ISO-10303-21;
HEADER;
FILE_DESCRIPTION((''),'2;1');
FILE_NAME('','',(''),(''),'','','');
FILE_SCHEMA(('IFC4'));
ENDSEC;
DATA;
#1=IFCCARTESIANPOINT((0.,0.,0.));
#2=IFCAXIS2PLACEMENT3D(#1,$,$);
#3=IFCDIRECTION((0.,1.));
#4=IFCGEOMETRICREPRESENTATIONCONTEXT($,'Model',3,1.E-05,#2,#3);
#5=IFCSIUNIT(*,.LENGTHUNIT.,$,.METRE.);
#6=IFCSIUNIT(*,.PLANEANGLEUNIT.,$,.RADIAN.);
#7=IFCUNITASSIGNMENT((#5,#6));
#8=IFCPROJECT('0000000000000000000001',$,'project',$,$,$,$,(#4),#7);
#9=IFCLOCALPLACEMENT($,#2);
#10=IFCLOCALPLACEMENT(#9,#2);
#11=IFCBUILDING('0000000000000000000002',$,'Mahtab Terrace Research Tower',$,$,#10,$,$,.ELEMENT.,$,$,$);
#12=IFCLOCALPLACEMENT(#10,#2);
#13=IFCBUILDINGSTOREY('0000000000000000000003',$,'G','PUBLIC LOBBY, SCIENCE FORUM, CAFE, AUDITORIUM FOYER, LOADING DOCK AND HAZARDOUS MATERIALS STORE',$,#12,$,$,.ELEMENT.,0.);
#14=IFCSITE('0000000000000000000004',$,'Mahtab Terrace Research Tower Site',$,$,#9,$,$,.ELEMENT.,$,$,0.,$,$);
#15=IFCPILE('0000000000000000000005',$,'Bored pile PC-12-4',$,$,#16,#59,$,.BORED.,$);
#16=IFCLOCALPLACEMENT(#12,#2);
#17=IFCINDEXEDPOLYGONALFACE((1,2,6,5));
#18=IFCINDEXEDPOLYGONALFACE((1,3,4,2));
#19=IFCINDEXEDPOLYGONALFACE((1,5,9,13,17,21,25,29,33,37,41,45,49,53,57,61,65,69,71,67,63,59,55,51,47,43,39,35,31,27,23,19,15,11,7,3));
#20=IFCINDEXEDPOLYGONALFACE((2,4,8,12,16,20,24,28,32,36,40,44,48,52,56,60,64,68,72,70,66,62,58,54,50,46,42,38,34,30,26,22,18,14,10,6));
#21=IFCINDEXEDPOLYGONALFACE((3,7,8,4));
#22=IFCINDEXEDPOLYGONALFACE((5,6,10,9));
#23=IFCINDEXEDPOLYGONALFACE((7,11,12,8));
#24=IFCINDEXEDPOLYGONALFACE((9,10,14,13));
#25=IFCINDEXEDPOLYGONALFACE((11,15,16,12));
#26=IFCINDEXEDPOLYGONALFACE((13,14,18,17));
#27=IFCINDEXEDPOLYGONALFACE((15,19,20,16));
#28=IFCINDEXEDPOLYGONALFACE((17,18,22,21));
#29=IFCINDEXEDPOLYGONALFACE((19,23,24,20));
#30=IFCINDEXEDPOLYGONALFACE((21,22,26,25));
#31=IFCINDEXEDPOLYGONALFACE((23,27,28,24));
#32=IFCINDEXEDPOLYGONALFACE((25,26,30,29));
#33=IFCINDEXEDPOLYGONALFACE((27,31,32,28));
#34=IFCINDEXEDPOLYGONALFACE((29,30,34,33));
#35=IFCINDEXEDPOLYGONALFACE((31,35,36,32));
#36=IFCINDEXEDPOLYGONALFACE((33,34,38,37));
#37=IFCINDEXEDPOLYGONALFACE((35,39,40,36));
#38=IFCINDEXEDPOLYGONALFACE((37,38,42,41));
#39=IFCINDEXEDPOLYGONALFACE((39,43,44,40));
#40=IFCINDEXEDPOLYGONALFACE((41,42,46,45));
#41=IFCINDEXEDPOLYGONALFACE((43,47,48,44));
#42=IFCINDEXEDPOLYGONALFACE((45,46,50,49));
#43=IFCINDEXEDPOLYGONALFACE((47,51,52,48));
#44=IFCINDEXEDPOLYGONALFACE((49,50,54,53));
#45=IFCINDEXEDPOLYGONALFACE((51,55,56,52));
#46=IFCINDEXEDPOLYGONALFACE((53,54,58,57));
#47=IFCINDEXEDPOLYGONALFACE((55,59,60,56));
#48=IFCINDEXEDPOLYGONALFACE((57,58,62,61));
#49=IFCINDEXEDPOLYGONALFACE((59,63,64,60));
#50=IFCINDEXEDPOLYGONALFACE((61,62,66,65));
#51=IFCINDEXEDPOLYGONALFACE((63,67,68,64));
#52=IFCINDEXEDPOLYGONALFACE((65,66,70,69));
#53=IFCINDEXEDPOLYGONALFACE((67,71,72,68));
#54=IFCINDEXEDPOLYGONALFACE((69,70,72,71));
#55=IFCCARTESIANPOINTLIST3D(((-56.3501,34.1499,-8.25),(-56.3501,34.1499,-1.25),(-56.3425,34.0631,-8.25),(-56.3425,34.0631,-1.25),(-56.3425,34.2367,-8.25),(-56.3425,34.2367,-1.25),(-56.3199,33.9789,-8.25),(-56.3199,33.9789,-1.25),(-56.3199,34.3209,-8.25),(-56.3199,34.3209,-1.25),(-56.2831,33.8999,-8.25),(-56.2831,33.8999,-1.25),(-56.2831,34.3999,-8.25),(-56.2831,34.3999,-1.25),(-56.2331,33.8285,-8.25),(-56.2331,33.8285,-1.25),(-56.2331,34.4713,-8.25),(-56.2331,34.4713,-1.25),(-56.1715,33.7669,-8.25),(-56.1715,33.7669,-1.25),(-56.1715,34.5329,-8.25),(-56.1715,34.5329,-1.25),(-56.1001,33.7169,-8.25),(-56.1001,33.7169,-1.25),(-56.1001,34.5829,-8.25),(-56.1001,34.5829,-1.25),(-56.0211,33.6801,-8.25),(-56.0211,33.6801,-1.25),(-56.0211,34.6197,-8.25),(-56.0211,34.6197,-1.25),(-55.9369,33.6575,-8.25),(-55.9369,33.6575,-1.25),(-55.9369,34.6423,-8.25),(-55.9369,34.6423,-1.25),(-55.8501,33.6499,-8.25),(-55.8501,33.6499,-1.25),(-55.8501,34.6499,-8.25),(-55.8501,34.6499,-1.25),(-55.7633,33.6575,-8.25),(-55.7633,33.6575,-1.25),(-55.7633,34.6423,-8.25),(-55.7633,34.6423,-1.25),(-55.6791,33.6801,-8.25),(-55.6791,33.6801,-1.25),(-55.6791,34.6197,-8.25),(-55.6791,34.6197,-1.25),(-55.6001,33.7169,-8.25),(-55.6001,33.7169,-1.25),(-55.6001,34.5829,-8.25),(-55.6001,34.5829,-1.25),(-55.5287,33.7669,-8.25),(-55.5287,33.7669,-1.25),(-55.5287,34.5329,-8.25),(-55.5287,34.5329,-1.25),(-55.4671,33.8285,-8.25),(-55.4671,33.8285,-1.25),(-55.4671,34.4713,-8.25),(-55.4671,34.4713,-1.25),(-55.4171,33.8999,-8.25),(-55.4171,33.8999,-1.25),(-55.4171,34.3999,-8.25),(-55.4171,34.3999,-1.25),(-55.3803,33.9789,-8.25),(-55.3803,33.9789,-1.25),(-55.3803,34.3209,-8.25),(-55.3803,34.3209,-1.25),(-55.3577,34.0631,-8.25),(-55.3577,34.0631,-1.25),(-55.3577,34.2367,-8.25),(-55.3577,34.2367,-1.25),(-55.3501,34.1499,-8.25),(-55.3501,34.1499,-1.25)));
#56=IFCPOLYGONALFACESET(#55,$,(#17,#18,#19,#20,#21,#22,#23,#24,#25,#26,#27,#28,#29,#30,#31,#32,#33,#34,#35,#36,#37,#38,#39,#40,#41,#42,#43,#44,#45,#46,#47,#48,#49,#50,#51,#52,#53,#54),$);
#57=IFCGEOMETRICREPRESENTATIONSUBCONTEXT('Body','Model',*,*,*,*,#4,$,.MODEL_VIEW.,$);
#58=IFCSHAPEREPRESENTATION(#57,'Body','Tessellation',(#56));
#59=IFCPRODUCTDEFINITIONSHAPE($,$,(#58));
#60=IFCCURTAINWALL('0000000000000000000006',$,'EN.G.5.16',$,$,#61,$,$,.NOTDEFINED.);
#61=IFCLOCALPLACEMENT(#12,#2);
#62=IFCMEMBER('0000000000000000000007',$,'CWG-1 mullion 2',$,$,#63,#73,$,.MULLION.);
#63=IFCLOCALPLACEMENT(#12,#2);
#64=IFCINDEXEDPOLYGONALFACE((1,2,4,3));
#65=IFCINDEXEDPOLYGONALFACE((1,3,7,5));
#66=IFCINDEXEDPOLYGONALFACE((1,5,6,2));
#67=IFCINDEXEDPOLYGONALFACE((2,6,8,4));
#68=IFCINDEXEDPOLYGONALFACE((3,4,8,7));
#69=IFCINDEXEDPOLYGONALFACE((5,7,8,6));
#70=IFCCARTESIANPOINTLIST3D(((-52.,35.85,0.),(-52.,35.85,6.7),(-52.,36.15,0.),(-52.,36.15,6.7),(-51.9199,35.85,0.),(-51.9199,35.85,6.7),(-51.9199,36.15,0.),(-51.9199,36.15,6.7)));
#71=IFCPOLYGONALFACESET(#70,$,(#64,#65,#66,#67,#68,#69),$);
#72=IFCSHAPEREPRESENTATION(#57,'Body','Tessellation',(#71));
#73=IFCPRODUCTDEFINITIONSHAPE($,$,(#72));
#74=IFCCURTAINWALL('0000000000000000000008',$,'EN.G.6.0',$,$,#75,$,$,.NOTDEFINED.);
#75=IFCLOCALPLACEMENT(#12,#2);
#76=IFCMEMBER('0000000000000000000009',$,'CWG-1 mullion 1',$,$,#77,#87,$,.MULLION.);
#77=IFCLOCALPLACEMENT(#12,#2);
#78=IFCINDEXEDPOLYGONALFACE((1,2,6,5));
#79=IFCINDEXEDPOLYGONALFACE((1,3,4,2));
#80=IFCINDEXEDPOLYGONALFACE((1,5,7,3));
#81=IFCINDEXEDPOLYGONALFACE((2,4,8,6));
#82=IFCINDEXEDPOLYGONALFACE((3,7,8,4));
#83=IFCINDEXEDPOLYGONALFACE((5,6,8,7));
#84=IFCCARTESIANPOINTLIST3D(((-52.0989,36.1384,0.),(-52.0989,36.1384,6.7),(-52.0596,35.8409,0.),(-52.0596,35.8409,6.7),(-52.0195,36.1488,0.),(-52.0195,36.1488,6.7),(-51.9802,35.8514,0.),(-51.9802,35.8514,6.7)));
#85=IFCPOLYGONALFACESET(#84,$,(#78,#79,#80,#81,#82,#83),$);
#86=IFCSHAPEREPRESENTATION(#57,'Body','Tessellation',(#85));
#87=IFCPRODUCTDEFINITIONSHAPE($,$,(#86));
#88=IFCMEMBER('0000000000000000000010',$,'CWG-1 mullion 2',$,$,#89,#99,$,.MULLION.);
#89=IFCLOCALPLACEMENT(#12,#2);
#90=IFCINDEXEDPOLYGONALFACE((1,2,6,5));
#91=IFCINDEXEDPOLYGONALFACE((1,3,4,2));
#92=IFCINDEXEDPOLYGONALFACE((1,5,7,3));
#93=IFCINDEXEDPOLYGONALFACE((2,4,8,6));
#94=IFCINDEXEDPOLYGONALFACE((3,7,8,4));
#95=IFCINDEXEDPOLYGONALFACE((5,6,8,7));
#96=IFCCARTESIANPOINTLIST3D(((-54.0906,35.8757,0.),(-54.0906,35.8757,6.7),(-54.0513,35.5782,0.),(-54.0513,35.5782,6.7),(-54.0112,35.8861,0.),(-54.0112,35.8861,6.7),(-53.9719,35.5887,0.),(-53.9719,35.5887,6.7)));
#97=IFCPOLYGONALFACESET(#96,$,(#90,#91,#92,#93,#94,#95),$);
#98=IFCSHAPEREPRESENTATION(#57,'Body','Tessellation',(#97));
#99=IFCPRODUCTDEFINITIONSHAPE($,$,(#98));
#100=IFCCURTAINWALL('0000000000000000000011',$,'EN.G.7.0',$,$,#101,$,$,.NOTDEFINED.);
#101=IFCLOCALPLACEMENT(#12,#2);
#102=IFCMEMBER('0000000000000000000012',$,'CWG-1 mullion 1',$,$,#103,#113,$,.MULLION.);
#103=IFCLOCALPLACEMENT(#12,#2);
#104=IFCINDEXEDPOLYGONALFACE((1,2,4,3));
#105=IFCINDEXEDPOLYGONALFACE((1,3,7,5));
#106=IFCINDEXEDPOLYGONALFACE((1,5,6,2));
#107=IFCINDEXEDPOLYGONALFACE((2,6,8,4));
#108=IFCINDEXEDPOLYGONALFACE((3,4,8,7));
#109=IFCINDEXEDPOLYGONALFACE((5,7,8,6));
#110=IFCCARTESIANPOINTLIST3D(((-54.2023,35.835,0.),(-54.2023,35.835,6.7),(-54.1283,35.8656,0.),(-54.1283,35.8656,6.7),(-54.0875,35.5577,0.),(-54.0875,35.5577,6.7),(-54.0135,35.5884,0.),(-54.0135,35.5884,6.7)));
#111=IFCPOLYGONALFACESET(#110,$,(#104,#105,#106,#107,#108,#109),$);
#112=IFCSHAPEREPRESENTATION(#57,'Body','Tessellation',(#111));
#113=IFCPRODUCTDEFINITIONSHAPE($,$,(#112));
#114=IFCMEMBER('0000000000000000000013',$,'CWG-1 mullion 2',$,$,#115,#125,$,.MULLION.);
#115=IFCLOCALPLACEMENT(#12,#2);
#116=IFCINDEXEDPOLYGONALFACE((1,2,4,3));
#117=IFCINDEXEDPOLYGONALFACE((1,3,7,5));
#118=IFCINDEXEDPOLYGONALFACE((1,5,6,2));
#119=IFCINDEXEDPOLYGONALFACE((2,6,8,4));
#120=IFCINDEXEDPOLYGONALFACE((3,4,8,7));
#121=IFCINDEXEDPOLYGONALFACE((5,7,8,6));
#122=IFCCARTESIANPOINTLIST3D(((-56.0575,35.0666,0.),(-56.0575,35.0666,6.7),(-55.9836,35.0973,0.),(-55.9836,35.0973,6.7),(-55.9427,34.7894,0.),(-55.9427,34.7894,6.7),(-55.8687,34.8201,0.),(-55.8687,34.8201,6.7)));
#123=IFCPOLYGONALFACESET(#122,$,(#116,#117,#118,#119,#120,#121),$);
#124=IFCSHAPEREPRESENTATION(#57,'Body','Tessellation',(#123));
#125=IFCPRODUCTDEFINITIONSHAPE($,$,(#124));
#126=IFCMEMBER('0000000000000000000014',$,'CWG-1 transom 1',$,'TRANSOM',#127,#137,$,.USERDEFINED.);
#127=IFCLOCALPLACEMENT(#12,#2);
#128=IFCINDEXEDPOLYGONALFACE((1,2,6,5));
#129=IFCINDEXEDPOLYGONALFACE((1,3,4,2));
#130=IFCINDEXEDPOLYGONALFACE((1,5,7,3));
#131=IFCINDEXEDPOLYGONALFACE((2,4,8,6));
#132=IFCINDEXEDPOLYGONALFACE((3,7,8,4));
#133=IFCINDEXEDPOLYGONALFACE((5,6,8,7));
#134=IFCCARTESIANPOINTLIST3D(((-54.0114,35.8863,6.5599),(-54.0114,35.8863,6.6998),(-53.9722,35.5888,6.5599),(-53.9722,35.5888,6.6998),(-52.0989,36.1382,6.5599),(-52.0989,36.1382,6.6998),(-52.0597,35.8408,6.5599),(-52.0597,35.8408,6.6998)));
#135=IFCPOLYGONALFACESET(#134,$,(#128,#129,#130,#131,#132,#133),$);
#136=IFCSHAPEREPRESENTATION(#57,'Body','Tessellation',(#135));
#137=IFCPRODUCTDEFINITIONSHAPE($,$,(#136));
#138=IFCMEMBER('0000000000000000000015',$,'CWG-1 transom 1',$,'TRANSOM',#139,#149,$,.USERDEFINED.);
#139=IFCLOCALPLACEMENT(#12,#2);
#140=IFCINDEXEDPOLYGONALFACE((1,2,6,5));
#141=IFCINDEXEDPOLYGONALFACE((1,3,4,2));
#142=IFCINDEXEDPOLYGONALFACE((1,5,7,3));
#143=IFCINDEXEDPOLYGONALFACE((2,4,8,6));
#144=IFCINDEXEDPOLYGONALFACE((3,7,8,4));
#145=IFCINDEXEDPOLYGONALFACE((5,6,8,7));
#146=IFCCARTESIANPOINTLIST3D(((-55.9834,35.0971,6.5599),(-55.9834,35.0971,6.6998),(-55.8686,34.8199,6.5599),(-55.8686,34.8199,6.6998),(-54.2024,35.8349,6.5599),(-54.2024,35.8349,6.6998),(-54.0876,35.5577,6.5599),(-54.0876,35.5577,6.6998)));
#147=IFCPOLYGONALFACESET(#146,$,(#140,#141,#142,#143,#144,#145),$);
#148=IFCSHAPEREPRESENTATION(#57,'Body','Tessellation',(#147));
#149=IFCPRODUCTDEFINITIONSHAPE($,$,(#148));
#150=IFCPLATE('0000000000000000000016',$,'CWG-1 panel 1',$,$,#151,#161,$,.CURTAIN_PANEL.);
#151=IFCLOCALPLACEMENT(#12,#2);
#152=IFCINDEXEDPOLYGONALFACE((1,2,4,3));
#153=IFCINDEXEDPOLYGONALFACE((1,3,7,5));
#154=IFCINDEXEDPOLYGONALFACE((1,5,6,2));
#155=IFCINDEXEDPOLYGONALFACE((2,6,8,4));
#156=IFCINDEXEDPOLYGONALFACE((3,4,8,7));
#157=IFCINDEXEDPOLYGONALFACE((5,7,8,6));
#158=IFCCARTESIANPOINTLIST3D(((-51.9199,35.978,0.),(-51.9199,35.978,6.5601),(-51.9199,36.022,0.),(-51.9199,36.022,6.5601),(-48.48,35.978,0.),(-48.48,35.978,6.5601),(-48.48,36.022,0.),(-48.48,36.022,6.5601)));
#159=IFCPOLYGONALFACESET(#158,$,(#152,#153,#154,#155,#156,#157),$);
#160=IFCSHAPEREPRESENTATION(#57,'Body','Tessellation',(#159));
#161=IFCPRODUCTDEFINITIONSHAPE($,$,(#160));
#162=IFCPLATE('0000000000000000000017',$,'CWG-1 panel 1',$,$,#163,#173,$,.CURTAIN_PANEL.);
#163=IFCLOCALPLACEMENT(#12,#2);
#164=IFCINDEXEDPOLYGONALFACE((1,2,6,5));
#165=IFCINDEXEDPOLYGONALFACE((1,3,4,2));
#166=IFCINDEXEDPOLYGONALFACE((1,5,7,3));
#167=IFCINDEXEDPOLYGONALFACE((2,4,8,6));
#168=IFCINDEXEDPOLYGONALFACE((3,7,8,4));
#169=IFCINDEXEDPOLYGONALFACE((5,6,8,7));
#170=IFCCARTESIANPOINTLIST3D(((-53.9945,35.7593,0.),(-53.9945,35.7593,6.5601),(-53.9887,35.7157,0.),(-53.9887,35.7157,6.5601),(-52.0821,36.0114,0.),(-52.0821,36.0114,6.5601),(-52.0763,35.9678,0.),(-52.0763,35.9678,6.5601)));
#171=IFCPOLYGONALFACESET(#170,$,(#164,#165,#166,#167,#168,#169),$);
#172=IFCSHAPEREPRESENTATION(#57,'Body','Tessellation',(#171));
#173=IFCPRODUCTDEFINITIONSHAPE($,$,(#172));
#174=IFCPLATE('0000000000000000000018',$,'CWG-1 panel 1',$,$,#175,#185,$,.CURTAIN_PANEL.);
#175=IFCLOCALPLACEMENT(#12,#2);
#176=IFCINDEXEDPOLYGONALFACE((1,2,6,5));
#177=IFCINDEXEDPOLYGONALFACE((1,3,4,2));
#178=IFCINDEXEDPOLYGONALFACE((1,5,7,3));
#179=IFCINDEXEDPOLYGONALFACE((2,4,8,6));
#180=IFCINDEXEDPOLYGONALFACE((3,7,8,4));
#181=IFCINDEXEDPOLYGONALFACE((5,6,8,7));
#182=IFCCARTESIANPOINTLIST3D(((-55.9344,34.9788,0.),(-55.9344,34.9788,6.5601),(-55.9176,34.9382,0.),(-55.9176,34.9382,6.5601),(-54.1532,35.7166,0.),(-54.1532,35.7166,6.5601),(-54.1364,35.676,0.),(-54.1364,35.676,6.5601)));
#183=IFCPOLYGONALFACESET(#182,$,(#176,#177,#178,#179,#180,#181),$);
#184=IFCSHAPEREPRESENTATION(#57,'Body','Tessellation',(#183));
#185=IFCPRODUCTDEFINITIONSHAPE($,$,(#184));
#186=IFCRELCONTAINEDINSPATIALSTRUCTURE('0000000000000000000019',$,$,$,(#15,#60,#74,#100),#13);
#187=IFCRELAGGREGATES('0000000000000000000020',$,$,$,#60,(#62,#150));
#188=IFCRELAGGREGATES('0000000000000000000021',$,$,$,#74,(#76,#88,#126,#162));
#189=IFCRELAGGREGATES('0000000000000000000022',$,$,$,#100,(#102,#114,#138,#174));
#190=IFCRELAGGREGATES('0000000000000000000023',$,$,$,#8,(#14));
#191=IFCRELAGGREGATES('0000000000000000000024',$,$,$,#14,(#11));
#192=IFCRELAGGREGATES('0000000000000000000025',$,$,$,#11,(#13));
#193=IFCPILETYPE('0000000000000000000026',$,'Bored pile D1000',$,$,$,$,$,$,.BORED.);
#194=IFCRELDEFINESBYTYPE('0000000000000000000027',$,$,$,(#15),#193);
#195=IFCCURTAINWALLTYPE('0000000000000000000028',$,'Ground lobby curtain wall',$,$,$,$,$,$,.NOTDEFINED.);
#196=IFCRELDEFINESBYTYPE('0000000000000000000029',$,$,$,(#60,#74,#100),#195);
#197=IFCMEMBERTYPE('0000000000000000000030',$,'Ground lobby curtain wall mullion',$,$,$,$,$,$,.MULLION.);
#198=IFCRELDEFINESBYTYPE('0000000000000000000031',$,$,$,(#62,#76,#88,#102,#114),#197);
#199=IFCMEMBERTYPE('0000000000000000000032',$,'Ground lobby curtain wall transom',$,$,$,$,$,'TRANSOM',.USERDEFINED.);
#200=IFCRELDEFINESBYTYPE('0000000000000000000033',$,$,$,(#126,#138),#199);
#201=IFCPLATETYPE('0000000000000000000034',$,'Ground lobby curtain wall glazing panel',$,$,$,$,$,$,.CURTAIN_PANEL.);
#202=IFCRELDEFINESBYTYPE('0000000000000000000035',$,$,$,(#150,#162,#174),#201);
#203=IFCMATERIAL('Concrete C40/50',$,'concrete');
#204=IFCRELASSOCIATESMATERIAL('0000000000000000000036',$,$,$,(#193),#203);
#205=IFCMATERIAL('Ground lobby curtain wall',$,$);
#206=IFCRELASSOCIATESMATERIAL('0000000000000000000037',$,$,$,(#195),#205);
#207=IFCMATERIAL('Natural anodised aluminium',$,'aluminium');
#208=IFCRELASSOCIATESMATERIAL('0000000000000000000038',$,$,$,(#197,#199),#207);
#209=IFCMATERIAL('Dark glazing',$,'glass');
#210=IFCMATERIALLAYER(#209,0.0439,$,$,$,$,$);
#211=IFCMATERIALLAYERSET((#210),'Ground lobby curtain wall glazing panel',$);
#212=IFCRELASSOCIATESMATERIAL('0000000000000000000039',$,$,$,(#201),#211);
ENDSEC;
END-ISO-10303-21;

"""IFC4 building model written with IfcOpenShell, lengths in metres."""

from ifc_helpers import new_model, si_unit, direction, frame, origin, origin_2d, place, context, subcontext, project, spatial, rectangle, circle, extrude, material, layer, layer_set, material_profile, profile_set, type_object, element, aggregate, save


model = new_model("IFC4")

# Units and contexts
model_context = context("Model", 3, precision=1e-05, world=origin(), true_north=direction((0.0, 1.0)))
body_context = subcontext(model_context, "Body", "Model", "MODEL_VIEW")
ifc_project = project(units=[si_unit("LENGTHUNIT", "METRE"), si_unit("PLANEANGLEUNIT", "RADIAN")], contexts=[model_context])

# Site, building, storey
site_placement = place(None, origin())
site = spatial("IfcSite", under=ifc_project, at=site_placement, Name="Mahtab Terrace Research Tower Site", CompositionType="ELEMENT", RefElevation=0.0)
building_placement = place(site_placement, origin())
building = spatial("IfcBuilding", under=site, at=building_placement, Name="Mahtab Terrace Research Tower", CompositionType="ELEMENT")
storey_placement = place(building_placement, origin())
storey = spatial("IfcBuildingStorey", under=building, at=storey_placement, Name="G", Description="PUBLIC LOBBY, SCIENCE FORUM, CAFE, AUDITORIUM FOYER, LOADING DOCK AND HAZARDOUS MATERIALS STORE", CompositionType="ELEMENT", Elevation=0.0)

# Pile
ifc_material_1 = material(Name="Concrete C40/50", Category="concrete")
ifc_material_profile_1 = material_profile(ifc_material_1, circle(Radius=0.5, at=origin_2d()), Name="Bored pile D1000")
ifc_profile_set_1 = profile_set([ifc_material_profile_1], Name="Concrete C40/50")
pile_type = type_object("IfcPileType", Name="Bored pile D1000", PredefinedType="BORED", material=ifc_profile_set_1)
pile_placement = place(storey_placement, frame((-55.8501, 34.1499, -1.25), z_axis=(0.0, 0.0, -1.0), x_axis=(1.0, 0.0, 0.0)))
element("IfcPile", 1, at=pile_placement, inside=storey, type_object=pile_type, Name="Bored pile PC-12-4", PredefinedType="BORED", context=body_context, shape_type="SweptSolid", body=[
    extrude(circle(Radius=0.5, at=origin_2d()), origin(), (0.0, 0.0, 1.0), 7.0),
])

# Curtain wall, member
ifc_material_2 = material(Name="Ground lobby curtain wall")
curtain_wall_type = type_object("IfcCurtainWallType", Name="Ground lobby curtain wall", PredefinedType="NOTDEFINED", material=ifc_material_2)
curtain_wall_1_placement = place(storey_placement, origin())
curtain_wall_1 = element("IfcCurtainWall", 2, at=curtain_wall_1_placement, inside=storey, type_object=curtain_wall_type, Name="EN.G.5.16", PredefinedType="NOTDEFINED")
ifc_material_3 = material(Name="Natural anodised aluminium", Category="aluminium")
ifc_material_profile_2 = material_profile(ifc_material_3, rectangle(XDim=0.3, YDim=0.0801, at=origin_2d()), Name="MULLION 80x300")
ifc_profile_set_2 = profile_set([ifc_material_profile_2], Name="Natural anodised aluminium")
member_type_1 = type_object("IfcMemberType", Name="Ground lobby curtain wall mullion", PredefinedType="MULLION", material=ifc_profile_set_2)
member_1_placement = place(storey_placement, frame((-51.96, 36.0, 0.0), z_axis=(0.0, 0.0, 1.0), x_axis=(0.0, -1.0, 0.0)))
member_1 = element("IfcMember", 3, at=member_1_placement, type_object=member_type_1, Name="CWG-1 mullion 2", PredefinedType="MULLION", context=body_context, shape_type="SweptSolid", body=[
    extrude(rectangle(XDim=0.3, YDim=0.0801, at=origin_2d()), origin(), (0.0, 0.0, 1.0), 6.7),
])

# Curtain walls, members
curtain_wall_2_placement = place(storey_placement, origin())
curtain_wall_2 = element("IfcCurtainWall", 4, at=curtain_wall_2_placement, inside=storey, type_object=curtain_wall_type, Name="EN.G.6.0", PredefinedType="NOTDEFINED")
member_2_placement = place(storey_placement, frame((-52.0396, 35.9949, 0.0), z_axis=(0.0, 0.0, 1.0), x_axis=(0.13069, -0.991423, 0.0)))
member_2 = element("IfcMember", 5, at=member_2_placement, type_object=member_type_1, Name="CWG-1 mullion 1", PredefinedType="MULLION", context=body_context, shape_type="SweptSolid", body=[
    extrude(rectangle(XDim=0.3, YDim=0.0801, at=origin_2d()), origin(), (0.0, 0.0, 1.0), 6.7),
])
member_3_placement = place(storey_placement, frame((-54.0312, 35.7322, 0.0), z_axis=(0.0, 0.0, 1.0), x_axis=(0.13069, -0.991423, 0.0)))
member_3 = element("IfcMember", 6, at=member_3_placement, type_object=member_type_1, Name="CWG-1 mullion 2", PredefinedType="MULLION", context=body_context, shape_type="SweptSolid", body=[
    extrude(rectangle(XDim=0.3, YDim=0.0801, at=origin_2d()), origin(), (0.0, 0.0, 1.0), 6.7),
])
curtain_wall_3_placement = place(storey_placement, origin())
curtain_wall_3 = element("IfcCurtainWall", 7, at=curtain_wall_3_placement, inside=storey, type_object=curtain_wall_type, Name="EN.G.7.0", PredefinedType="NOTDEFINED")
member_4_placement = place(storey_placement, frame((-54.1079, 35.7117, 0.0), z_axis=(0.0, 0.0, 1.0), x_axis=(0.382676, -0.923883, 0.0)))
member_4 = element("IfcMember", 8, at=member_4_placement, type_object=member_type_1, Name="CWG-1 mullion 1", PredefinedType="MULLION", context=body_context, shape_type="SweptSolid", body=[
    extrude(rectangle(XDim=0.3, YDim=0.0801, at=origin_2d()), origin(), (0.0, 0.0, 1.0), 6.7),
])
member_5_placement = place(storey_placement, frame((-55.9631, 34.9434, 0.0), z_axis=(0.0, 0.0, 1.0), x_axis=(0.382676, -0.923883, 0.0)))
member_5 = element("IfcMember", 9, at=member_5_placement, type_object=member_type_1, Name="CWG-1 mullion 2", PredefinedType="MULLION", context=body_context, shape_type="SweptSolid", body=[
    extrude(rectangle(XDim=0.3, YDim=0.0801, at=origin_2d()), origin(), (0.0, 0.0, 1.0), 6.7),
])

# Members
ifc_material_profile_3 = material_profile(ifc_material_3, rectangle(XDim=0.3, YDim=0.1399, at=origin_2d()), Name="TRANSOM 140x300")
ifc_profile_set_3 = profile_set([ifc_material_profile_3], Name="Natural anodised aluminium")
member_type_2 = type_object("IfcMemberType", Name="Ground lobby curtain wall transom", ElementType="TRANSOM", PredefinedType="USERDEFINED", material=ifc_profile_set_3)
member_6_placement = place(storey_placement, frame((-52.0793, 35.9895, 6.6299), z_axis=(-0.991432, -0.130621, 0.0), x_axis=(0.130621, -0.991432, 0.0)))
member_6 = element("IfcMember", 10, at=member_6_placement, type_object=member_type_2, Name="CWG-1 transom 1", ObjectType="TRANSOM", PredefinedType="USERDEFINED", context=body_context, shape_type="SweptSolid", body=[
    extrude(rectangle(XDim=0.3, YDim=0.1399, at=origin_2d()), origin(), (0.0, 0.0, 1.0), 1.929),
])
member_7_placement = place(storey_placement, frame((-54.145, 35.6963, 6.6299), z_axis=(-0.923866, -0.382717, 0.0), x_axis=(0.382717, -0.923866, 0.0)))
member_7 = element("IfcMember", 11, at=member_7_placement, type_object=member_type_2, Name="CWG-1 transom 1", ObjectType="TRANSOM", PredefinedType="USERDEFINED", context=body_context, shape_type="SweptSolid", body=[
    extrude(rectangle(XDim=0.3, YDim=0.1399, at=origin_2d()), origin(), (0.0, 0.0, 1.0), 1.9277),
])

# Plates
ifc_material_4 = material(Name="Dark glazing", Category="glass")
ifc_layer_1 = layer(ifc_material_4, 0.0439)
ifc_layer_set_1 = layer_set([ifc_layer_1], Name="Ground lobby curtain wall glazing panel")
plate_type = type_object("IfcPlateType", Name="Ground lobby curtain wall glazing panel", PredefinedType="CURTAIN_PANEL", material=ifc_layer_set_1)
plate_1_placement = place(storey_placement, frame((-50.2, 36.0, 0.0), z_axis=(0.0, 0.0, 1.0), x_axis=(-1.0, 0.0, 0.0)))
plate_1 = element("IfcPlate", 12, at=plate_1_placement, type_object=plate_type, Name="CWG-1 panel 1", PredefinedType="CURTAIN_PANEL", context=body_context, shape_type="SweptSolid", body=[
    extrude(rectangle(XDim=3.4399, YDim=0.0439, at=origin_2d()), origin(), (0.0, 0.0, 1.0), 6.5601),
])
aggregate(curtain_wall_1, [member_1, plate_1])
plate_2_placement = place(storey_placement, frame((-53.0354, 35.8635, 0.0), z_axis=(0.0, 0.0, 1.0), x_axis=(-0.991423, -0.13069, 0.0)))
plate_2 = element("IfcPlate", 13, at=plate_2_placement, type_object=plate_type, Name="CWG-1 panel 1", PredefinedType="CURTAIN_PANEL", context=body_context, shape_type="SweptSolid", body=[
    extrude(rectangle(XDim=1.929, YDim=0.0439, at=origin_2d()), origin(), (0.0, 0.0, 1.0), 6.5601),
])
aggregate(curtain_wall_2, [member_2, member_3, member_6, plate_2])
plate_3_placement = place(storey_placement, frame((-55.0354, 35.3274, 0.0), z_axis=(0.0, 0.0, 1.0), x_axis=(-0.923883, -0.382676, 0.0)))
plate_3 = element("IfcPlate", 14, at=plate_3_placement, type_object=plate_type, Name="CWG-1 panel 1", PredefinedType="CURTAIN_PANEL", context=body_context, shape_type="SweptSolid", body=[
    extrude(rectangle(XDim=1.928, YDim=0.0439, at=origin_2d()), origin(), (0.0, 0.0, 1.0), 6.5601),
])
aggregate(curtain_wall_3, [member_4, member_5, member_7, plate_3])

save(model, "model.ifc")
